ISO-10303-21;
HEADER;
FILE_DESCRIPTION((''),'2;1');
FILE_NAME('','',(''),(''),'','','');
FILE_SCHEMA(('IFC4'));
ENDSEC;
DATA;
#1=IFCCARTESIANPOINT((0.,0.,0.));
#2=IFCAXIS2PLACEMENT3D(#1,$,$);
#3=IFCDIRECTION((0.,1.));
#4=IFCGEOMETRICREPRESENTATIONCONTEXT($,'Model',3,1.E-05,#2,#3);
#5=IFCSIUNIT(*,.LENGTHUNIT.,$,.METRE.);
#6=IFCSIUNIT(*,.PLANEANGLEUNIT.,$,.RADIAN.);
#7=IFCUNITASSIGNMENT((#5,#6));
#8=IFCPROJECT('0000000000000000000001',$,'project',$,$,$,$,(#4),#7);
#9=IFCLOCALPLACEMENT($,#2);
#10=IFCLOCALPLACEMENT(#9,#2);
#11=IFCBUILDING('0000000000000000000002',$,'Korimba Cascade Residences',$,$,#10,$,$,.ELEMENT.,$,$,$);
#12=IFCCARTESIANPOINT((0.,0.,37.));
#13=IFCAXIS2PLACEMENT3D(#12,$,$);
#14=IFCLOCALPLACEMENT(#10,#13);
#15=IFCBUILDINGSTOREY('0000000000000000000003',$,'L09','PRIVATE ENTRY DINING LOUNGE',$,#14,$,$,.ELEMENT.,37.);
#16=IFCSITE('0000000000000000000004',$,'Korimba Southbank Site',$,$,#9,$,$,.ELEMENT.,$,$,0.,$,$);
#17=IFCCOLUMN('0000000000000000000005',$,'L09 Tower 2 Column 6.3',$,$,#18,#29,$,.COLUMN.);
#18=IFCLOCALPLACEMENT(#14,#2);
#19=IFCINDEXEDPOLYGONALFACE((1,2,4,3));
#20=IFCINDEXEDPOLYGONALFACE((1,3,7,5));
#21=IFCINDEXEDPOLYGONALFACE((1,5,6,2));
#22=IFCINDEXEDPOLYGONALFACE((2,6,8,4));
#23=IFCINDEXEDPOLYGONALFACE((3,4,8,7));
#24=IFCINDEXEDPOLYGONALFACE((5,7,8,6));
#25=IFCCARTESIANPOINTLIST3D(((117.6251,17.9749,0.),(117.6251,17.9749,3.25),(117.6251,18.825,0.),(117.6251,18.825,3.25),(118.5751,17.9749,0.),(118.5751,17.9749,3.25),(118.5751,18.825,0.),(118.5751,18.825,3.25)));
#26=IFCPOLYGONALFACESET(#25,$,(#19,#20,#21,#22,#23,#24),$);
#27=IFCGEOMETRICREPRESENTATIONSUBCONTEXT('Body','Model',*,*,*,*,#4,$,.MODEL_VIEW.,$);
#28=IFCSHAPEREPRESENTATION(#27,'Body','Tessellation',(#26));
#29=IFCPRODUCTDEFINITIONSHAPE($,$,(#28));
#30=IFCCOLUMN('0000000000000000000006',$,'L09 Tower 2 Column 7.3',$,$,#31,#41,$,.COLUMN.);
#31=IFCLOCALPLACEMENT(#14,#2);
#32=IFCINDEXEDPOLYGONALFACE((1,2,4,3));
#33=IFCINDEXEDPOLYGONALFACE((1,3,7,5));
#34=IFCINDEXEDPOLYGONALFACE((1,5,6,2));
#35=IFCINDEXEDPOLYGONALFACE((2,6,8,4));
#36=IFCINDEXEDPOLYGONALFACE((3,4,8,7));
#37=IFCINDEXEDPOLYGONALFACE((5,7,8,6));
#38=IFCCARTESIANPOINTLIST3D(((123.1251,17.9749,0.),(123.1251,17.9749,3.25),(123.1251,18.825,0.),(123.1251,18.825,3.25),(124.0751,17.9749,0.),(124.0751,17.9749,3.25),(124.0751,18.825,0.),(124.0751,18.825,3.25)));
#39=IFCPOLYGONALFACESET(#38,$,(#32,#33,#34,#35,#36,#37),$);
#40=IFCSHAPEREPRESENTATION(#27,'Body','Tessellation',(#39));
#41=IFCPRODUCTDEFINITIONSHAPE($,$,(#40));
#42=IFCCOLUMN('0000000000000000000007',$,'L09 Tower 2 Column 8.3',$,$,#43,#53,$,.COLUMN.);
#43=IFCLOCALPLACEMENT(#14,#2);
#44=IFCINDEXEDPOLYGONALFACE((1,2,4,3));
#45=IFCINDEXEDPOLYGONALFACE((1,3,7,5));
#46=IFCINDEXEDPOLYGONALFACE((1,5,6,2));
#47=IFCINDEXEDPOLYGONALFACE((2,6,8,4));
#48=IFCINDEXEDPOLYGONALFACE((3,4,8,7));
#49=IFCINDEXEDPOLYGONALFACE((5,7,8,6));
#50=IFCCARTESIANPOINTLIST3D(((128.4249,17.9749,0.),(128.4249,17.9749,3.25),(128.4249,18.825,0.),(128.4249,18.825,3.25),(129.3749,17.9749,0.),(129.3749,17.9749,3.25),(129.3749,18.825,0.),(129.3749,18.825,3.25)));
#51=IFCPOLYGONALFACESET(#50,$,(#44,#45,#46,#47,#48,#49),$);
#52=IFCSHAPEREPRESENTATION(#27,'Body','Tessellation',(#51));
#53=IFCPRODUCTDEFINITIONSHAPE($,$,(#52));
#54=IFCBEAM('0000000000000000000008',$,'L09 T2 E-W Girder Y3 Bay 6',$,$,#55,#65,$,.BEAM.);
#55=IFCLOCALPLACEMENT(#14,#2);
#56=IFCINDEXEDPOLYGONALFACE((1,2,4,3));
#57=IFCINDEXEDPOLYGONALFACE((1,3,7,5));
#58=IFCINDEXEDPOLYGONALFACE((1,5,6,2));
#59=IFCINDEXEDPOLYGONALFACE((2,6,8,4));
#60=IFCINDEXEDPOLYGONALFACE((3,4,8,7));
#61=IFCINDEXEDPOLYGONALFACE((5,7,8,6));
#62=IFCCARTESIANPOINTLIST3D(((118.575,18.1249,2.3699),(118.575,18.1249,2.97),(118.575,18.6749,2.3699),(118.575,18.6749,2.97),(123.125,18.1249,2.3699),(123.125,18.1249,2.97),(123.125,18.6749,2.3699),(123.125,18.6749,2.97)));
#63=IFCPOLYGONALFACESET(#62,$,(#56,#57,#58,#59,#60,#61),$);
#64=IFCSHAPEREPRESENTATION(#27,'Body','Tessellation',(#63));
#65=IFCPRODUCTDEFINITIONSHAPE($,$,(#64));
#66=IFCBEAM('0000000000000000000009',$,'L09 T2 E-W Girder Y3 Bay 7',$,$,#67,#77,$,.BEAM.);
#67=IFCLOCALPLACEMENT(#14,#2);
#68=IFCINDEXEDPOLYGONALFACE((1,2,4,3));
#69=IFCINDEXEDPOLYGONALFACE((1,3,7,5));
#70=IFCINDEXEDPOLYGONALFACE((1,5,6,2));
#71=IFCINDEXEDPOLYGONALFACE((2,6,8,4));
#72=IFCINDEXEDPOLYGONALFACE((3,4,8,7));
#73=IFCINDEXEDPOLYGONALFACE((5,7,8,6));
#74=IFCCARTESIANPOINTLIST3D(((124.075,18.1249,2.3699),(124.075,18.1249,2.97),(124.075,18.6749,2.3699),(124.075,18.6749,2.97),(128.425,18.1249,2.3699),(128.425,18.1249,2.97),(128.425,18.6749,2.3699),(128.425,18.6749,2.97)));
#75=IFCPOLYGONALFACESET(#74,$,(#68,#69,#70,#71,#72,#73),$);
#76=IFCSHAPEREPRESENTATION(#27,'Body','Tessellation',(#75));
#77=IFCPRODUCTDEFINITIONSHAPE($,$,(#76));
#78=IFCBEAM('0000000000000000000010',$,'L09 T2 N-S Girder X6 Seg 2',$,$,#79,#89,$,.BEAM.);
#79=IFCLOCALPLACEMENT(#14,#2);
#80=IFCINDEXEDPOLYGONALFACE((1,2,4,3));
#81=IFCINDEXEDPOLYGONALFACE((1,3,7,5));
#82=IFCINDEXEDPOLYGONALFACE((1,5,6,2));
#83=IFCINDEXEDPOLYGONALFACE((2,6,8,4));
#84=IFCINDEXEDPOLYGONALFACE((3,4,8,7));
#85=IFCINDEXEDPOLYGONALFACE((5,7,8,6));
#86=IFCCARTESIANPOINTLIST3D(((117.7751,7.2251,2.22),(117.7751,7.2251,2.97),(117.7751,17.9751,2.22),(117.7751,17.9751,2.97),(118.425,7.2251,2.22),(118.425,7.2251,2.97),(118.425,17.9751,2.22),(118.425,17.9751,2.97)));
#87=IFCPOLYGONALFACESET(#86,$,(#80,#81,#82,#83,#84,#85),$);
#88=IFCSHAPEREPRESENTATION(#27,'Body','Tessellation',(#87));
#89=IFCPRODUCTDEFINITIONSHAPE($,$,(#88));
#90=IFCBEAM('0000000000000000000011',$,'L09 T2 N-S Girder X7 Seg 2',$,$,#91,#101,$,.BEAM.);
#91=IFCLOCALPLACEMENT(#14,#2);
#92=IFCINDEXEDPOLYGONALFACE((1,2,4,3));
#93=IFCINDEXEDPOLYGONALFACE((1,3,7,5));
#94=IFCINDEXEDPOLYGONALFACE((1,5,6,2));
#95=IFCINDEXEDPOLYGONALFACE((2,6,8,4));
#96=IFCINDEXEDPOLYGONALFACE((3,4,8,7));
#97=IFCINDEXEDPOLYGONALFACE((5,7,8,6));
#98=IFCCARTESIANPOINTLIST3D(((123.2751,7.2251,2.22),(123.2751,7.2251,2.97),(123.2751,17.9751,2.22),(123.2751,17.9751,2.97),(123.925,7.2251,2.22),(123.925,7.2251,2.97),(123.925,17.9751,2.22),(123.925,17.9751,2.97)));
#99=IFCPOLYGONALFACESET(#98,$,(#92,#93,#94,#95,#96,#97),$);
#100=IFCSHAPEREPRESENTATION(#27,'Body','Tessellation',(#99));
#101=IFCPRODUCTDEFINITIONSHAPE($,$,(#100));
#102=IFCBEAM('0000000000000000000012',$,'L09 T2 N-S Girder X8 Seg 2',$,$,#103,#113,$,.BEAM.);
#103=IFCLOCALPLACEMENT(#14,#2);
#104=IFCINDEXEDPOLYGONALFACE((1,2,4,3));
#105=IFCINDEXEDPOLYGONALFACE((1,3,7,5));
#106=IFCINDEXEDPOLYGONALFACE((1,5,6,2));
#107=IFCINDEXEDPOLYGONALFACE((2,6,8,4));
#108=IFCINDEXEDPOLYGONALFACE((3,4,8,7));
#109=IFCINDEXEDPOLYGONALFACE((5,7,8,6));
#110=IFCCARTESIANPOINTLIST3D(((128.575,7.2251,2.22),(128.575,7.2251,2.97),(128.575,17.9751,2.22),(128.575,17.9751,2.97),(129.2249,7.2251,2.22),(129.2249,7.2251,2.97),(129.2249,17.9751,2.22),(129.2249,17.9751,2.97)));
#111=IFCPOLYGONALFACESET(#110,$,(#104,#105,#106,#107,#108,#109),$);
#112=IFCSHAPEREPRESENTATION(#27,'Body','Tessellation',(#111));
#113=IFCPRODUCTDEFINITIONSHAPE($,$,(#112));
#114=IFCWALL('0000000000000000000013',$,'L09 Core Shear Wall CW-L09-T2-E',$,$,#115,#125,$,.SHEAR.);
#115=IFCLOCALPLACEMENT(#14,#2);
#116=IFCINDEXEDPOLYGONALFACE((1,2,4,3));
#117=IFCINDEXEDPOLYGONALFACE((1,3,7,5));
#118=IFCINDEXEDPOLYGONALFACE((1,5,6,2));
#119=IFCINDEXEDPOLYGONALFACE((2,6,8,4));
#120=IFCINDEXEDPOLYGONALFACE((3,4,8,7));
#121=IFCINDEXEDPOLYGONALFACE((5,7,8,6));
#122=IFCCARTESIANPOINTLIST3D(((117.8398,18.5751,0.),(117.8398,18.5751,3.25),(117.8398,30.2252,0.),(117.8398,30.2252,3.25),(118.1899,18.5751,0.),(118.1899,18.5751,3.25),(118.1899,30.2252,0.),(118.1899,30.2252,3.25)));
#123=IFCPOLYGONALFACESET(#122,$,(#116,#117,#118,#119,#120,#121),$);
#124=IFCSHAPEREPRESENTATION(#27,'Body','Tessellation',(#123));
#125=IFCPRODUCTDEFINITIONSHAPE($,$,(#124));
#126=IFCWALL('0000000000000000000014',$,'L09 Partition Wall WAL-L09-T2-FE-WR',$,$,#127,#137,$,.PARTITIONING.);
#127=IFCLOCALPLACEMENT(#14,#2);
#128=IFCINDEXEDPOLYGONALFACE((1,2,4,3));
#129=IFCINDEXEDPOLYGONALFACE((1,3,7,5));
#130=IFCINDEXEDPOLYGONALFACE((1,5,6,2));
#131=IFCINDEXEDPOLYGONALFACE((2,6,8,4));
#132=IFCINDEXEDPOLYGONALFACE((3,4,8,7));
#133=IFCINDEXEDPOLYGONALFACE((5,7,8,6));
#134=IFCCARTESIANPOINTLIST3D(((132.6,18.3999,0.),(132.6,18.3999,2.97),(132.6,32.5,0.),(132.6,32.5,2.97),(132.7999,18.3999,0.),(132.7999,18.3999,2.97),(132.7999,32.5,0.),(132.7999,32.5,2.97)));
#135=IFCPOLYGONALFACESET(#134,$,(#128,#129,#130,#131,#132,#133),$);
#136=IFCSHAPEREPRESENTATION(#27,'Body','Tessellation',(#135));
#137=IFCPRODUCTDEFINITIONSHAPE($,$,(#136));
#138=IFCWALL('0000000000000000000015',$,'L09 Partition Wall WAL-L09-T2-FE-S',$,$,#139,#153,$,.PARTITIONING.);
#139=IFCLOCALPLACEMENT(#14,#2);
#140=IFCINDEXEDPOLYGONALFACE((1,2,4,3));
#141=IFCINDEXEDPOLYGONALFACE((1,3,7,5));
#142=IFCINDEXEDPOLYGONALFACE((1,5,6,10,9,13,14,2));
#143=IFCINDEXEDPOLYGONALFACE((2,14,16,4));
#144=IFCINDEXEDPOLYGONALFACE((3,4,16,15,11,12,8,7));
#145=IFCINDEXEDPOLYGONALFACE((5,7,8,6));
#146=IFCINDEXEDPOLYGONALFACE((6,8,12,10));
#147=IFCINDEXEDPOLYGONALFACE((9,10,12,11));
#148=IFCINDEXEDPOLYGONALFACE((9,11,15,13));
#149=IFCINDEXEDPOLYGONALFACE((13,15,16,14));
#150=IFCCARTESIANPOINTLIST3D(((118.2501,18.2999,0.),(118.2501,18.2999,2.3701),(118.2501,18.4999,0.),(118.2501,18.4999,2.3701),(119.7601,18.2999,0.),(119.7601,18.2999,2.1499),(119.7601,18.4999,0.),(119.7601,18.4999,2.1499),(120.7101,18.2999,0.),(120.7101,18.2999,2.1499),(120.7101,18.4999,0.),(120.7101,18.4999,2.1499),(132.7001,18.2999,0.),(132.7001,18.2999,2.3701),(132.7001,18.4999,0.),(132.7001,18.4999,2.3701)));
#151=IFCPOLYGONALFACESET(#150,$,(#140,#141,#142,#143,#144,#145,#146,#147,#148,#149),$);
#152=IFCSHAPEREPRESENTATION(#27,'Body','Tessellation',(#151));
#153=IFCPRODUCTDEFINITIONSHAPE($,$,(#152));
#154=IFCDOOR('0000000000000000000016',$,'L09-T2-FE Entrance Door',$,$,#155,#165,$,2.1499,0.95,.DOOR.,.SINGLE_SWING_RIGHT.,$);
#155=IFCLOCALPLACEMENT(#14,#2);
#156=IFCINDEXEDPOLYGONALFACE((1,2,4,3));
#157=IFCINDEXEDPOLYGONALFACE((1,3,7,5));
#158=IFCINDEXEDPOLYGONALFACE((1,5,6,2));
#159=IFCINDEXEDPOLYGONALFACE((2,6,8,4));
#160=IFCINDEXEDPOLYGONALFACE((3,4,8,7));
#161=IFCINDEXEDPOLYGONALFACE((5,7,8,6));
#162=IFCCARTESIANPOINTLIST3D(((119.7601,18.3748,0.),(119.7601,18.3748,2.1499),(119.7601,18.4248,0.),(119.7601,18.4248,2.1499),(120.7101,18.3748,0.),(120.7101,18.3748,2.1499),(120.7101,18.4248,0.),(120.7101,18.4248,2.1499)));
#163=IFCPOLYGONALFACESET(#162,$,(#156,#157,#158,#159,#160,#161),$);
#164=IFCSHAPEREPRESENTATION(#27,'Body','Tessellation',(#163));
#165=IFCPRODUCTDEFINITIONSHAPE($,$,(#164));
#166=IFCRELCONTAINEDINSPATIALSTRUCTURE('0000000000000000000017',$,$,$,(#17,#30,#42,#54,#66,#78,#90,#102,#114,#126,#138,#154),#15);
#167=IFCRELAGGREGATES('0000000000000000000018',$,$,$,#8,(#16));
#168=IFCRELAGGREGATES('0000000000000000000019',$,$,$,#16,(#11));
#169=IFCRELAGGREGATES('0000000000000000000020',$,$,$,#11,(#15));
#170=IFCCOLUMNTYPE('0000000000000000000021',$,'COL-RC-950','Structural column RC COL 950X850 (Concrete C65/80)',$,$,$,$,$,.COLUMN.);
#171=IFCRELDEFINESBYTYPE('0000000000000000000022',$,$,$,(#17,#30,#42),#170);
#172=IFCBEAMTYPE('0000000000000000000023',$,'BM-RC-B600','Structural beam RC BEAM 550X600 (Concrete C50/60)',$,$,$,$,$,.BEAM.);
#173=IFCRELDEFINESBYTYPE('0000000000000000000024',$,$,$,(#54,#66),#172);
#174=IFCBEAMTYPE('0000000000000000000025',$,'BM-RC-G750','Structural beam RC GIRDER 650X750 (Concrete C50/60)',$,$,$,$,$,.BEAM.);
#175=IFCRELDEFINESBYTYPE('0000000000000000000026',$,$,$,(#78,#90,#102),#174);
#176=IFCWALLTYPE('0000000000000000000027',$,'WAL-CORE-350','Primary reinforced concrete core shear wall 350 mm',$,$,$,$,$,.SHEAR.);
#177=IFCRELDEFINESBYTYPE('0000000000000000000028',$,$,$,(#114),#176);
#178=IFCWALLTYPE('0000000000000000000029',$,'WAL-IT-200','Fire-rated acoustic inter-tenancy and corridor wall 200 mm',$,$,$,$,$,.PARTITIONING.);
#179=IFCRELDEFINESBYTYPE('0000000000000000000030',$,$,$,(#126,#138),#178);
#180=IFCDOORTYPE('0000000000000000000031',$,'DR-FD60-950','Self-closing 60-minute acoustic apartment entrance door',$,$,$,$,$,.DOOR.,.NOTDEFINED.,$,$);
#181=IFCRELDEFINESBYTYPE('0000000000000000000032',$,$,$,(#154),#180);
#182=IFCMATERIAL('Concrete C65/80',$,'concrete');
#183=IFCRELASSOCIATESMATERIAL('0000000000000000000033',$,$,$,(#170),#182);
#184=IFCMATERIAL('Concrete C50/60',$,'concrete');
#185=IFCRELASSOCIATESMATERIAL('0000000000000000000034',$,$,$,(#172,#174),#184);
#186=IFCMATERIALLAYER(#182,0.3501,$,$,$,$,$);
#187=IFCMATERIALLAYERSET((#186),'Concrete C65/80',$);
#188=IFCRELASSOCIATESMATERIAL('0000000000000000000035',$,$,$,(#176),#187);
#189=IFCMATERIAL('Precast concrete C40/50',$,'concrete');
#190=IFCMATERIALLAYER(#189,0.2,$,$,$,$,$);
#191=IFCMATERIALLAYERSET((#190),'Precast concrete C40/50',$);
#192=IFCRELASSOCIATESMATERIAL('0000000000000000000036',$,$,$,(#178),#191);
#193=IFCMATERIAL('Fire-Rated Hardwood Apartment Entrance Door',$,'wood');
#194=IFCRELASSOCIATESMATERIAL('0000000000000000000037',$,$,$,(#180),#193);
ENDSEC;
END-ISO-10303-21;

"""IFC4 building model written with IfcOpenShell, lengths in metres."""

from ifc_helpers import new_model, si_unit, direction, frame, frame_2d, origin, origin_2d, place, context, subcontext, project, spatial, rectangle, extrude, material, layer, layer_set, material_profile, profile_set, type_object, element, fill, save


model = new_model("IFC4")

# Units and contexts
model_context = context("Model", 3, precision=1e-05, world=origin(), true_north=direction((0.0, 1.0)))
body_context = subcontext(model_context, "Body", "Model", "MODEL_VIEW")
ifc_project = project(units=[si_unit("LENGTHUNIT", "METRE"), si_unit("PLANEANGLEUNIT", "RADIAN")], contexts=[model_context])

# Site, building, storey
site_placement = place(None, origin())
site = spatial("IfcSite", under=ifc_project, at=site_placement, Name="Korimba Southbank Site", CompositionType="ELEMENT", RefElevation=0.0)
building_placement = place(site_placement, origin())
building = spatial("IfcBuilding", under=site, at=building_placement, Name="Korimba Cascade Residences", CompositionType="ELEMENT")
storey_placement = place(building_placement, frame((0.0, 0.0, 37.0)))
storey = spatial("IfcBuildingStorey", under=building, at=storey_placement, Name="L09", Description="PRIVATE ENTRY DINING LOUNGE", CompositionType="ELEMENT", Elevation=37.0)

# Columns
ifc_material_1 = material(Name="Concrete C65/80", Category="concrete")
ifc_material_profile_1 = material_profile(ifc_material_1, rectangle(XDim=0.95, YDim=0.8501, at=origin_2d()), Name="Concrete C65/80")
ifc_profile_set_1 = profile_set([ifc_material_profile_1], Name="Concrete C65/80")
column_type = type_object("IfcColumnType", Name="COL-RC-950", Description="Structural column RC COL 950X850 (Concrete C65/80)", PredefinedType="COLUMN", material=ifc_profile_set_1)
for number, where, z_axis, x_axis, name in (
    (1, (118.1001, 18.3999, 0.0), (0.0, 0.0, 1.0), (1.0, 0.0, 0.0), "L09 Tower 2 Column 6.3"),
    (2, (123.6001, 18.3999, 0.0), (0.0, 0.0, 1.0), (1.0, 0.0, 0.0), "L09 Tower 2 Column 7.3"),
    (3, (128.8999, 18.3999, 0.0), (0.0, 0.0, 1.0), (1.0, 0.0, 0.0), "L09 Tower 2 Column 8.3"),
):
    element("IfcColumn", number, at=place(storey_placement, frame(where, z_axis=z_axis, x_axis=x_axis)), inside=storey, type_object=column_type, Name=name, PredefinedType="COLUMN", context=body_context, shape_type="SweptSolid", body=[
        extrude(rectangle(XDim=0.95, YDim=0.8501, at=origin_2d()), origin(), (0.0, 0.0, 1.0), 3.25),
    ])

# Beams
ifc_material_2 = material(Name="Concrete C50/60", Category="concrete")
ifc_material_profile_2 = material_profile(ifc_material_2, rectangle(XDim=0.55, YDim=0.6001, at=origin_2d()), Name="Concrete C50/60")
ifc_profile_set_2 = profile_set([ifc_material_profile_2], Name="Concrete C50/60")
beam_type_1 = type_object("IfcBeamType", Name="BM-RC-B600", Description="Structural beam RC BEAM 550X600 (Concrete C50/60)", PredefinedType="BEAM", material=ifc_profile_set_2)
beam_1_placement = place(storey_placement, frame((118.575, 18.3999, 2.6699), z_axis=(1.0, 0.0, 0.0), x_axis=(0.0, 1.0, 0.0)))
element("IfcBeam", 4, at=beam_1_placement, inside=storey, type_object=beam_type_1, Name="L09 T2 E-W Girder Y3 Bay 6", PredefinedType="BEAM", context=body_context, shape_type="SweptSolid", body=[
    extrude(rectangle(XDim=0.55, YDim=0.6001, at=origin_2d()), origin(), (0.0, 0.0, 1.0), 4.55),
])
beam_2_placement = place(storey_placement, frame((124.075, 18.3999, 2.6699), z_axis=(1.0, 0.0, 0.0), x_axis=(0.0, 1.0, 0.0)))
element("IfcBeam", 5, at=beam_2_placement, inside=storey, type_object=beam_type_1, Name="L09 T2 E-W Girder Y3 Bay 7", PredefinedType="BEAM", context=body_context, shape_type="SweptSolid", body=[
    extrude(rectangle(XDim=0.55, YDim=0.6001, at=origin_2d()), origin(), (0.0, 0.0, 1.0), 4.3501),
])
ifc_material_profile_3 = material_profile(ifc_material_2, rectangle(XDim=0.6499, YDim=0.75, at=origin_2d()), Name="Concrete C50/60")
ifc_profile_set_3 = profile_set([ifc_material_profile_3], Name="Concrete C50/60")
beam_type_2 = type_object("IfcBeamType", Name="BM-RC-G750", Description="Structural beam RC GIRDER 650X750 (Concrete C50/60)", PredefinedType="BEAM", material=ifc_profile_set_3)
for number, where, z_axis, x_axis, name in (
    (6, (118.1001, 7.2251, 2.595), (0.0, 1.0, 0.0), (-1.0, 0.0, 0.0), "L09 T2 N-S Girder X6 Seg 2"),
    (7, (123.6001, 7.2251, 2.595), (0.0, 1.0, 0.0), (-1.0, 0.0, 0.0), "L09 T2 N-S Girder X7 Seg 2"),
    (8, (128.8999, 7.2251, 2.595), (0.0, 1.0, 0.0), (-1.0, 0.0, 0.0), "L09 T2 N-S Girder X8 Seg 2"),
):
    element("IfcBeam", number, at=place(storey_placement, frame(where, z_axis=z_axis, x_axis=x_axis)), inside=storey, type_object=beam_type_2, Name=name, PredefinedType="BEAM", context=body_context, shape_type="SweptSolid", body=[
        extrude(rectangle(XDim=0.6499, YDim=0.75, at=origin_2d()), origin(), (0.0, 0.0, 1.0), 10.75),
    ])

# Walls
ifc_layer_1 = layer(ifc_material_1, 0.3501)
ifc_layer_set_1 = layer_set([ifc_layer_1], Name="Concrete C65/80")
wall_type_1 = type_object("IfcWallType", Name="WAL-CORE-350", Description="Primary reinforced concrete core shear wall 350 mm", PredefinedType="SHEAR", material=ifc_layer_set_1)
wall_1_placement = place(storey_placement, frame((118.0149, 18.575, 0.0), z_axis=(0.0, 0.0, 1.0), x_axis=(0.0, 1.0, 0.0)))
element("IfcWall", 9, at=wall_1_placement, inside=storey, type_object=wall_type_1, Name="L09 Core Shear Wall CW-L09-T2-E", PredefinedType="SHEAR", context=body_context, shape_type="SweptSolid", body=[
    extrude(rectangle(XDim=11.6501, YDim=0.3501, at=frame_2d((5.8252, 0.0))), origin(), (0.0, 0.0, 1.0), 3.25),
])
ifc_material_3 = material(Name="Precast concrete C40/50", Category="concrete")
ifc_layer_2 = layer(ifc_material_3, 0.2)
ifc_layer_set_2 = layer_set([ifc_layer_2], Name="Precast concrete C40/50")
wall_type_2 = type_object("IfcWallType", Name="WAL-IT-200", Description="Fire-rated acoustic inter-tenancy and corridor wall 200 mm", PredefinedType="PARTITIONING", material=ifc_layer_set_2)
wall_2_placement = place(storey_placement, frame((132.7, 18.3999, 0.0), z_axis=(0.0, 0.0, 1.0), x_axis=(0.0, 1.0, 0.0)))
element("IfcWall", 10, at=wall_2_placement, inside=storey, type_object=wall_type_2, Name="L09 Partition Wall WAL-L09-T2-FE-WR", PredefinedType="PARTITIONING", context=body_context, shape_type="SweptSolid", body=[
    extrude(rectangle(XDim=14.1001, YDim=0.2, at=frame_2d((7.05, 0.0))), origin(), (0.0, 0.0, 1.0), 2.97),
])

# Wall, opening, door
wall_3_placement = place(storey_placement, frame((118.25, 18.3999, 0.0), z_axis=(0.0, 0.0, 1.0), x_axis=(1.0, 0.0, 0.0)))
wall_3 = element("IfcWall", 11, at=wall_3_placement, inside=storey, type_object=wall_type_2, Name="L09 Partition Wall WAL-L09-T2-FE-S", PredefinedType="PARTITIONING", context=body_context, shape_type="SweptSolid", body=[
    extrude(rectangle(XDim=14.45, YDim=0.2, at=frame_2d((7.2251, 0.0))), origin(), (0.0, 0.0, 1.0), 2.3701),
])
opening_1_placement = place(wall_3_placement, frame((1.51, 0.0, 0.0)))
opening_1 = element("IfcOpeningElement", 12, at=opening_1_placement, cuts=wall_3, PredefinedType="OPENING", context=body_context, shape_type="SweptSolid", body=[
    extrude(rectangle(XDim=0.95, YDim=2.1499, at=frame_2d((0.4751, 1.075))), frame((0.0, 0.1099, 0.0), z_axis=(0.0, -1.0, 0.0), x_axis=(1.0, 0.0, 0.0)), (0.0, 0.0, 1.0), 0.22),
])
ifc_material_4 = material(Name="Fire-Rated Hardwood Apartment Entrance Door", Category="wood")
door_type_1 = type_object("IfcDoorType", Name="DR-FD60-950", Description="Self-closing 60-minute acoustic apartment entrance door", OperationType="NOTDEFINED", PredefinedType="DOOR", material=ifc_material_4)
door_1_placement = place(opening_1_placement, origin())
door_1 = element("IfcDoor", 13, at=door_1_placement, inside=storey, type_object=door_type_1, Name="L09-T2-FE Entrance Door", OperationType="SINGLE_SWING_RIGHT", OverallHeight=2.1499, OverallWidth=0.95, PredefinedType="DOOR", context=body_context, shape_type="SweptSolid", body=[
    extrude(rectangle(XDim=0.95, YDim=2.1499, at=frame_2d((0.4751, 1.075))), frame((0.0, 0.0249, 0.0), z_axis=(0.0, -1.0, 0.0), x_axis=(1.0, 0.0, 0.0)), (0.0, 0.0, 1.0), 0.05),
])
fill(opening_1, door_1)

save(model, "model.ifc")
